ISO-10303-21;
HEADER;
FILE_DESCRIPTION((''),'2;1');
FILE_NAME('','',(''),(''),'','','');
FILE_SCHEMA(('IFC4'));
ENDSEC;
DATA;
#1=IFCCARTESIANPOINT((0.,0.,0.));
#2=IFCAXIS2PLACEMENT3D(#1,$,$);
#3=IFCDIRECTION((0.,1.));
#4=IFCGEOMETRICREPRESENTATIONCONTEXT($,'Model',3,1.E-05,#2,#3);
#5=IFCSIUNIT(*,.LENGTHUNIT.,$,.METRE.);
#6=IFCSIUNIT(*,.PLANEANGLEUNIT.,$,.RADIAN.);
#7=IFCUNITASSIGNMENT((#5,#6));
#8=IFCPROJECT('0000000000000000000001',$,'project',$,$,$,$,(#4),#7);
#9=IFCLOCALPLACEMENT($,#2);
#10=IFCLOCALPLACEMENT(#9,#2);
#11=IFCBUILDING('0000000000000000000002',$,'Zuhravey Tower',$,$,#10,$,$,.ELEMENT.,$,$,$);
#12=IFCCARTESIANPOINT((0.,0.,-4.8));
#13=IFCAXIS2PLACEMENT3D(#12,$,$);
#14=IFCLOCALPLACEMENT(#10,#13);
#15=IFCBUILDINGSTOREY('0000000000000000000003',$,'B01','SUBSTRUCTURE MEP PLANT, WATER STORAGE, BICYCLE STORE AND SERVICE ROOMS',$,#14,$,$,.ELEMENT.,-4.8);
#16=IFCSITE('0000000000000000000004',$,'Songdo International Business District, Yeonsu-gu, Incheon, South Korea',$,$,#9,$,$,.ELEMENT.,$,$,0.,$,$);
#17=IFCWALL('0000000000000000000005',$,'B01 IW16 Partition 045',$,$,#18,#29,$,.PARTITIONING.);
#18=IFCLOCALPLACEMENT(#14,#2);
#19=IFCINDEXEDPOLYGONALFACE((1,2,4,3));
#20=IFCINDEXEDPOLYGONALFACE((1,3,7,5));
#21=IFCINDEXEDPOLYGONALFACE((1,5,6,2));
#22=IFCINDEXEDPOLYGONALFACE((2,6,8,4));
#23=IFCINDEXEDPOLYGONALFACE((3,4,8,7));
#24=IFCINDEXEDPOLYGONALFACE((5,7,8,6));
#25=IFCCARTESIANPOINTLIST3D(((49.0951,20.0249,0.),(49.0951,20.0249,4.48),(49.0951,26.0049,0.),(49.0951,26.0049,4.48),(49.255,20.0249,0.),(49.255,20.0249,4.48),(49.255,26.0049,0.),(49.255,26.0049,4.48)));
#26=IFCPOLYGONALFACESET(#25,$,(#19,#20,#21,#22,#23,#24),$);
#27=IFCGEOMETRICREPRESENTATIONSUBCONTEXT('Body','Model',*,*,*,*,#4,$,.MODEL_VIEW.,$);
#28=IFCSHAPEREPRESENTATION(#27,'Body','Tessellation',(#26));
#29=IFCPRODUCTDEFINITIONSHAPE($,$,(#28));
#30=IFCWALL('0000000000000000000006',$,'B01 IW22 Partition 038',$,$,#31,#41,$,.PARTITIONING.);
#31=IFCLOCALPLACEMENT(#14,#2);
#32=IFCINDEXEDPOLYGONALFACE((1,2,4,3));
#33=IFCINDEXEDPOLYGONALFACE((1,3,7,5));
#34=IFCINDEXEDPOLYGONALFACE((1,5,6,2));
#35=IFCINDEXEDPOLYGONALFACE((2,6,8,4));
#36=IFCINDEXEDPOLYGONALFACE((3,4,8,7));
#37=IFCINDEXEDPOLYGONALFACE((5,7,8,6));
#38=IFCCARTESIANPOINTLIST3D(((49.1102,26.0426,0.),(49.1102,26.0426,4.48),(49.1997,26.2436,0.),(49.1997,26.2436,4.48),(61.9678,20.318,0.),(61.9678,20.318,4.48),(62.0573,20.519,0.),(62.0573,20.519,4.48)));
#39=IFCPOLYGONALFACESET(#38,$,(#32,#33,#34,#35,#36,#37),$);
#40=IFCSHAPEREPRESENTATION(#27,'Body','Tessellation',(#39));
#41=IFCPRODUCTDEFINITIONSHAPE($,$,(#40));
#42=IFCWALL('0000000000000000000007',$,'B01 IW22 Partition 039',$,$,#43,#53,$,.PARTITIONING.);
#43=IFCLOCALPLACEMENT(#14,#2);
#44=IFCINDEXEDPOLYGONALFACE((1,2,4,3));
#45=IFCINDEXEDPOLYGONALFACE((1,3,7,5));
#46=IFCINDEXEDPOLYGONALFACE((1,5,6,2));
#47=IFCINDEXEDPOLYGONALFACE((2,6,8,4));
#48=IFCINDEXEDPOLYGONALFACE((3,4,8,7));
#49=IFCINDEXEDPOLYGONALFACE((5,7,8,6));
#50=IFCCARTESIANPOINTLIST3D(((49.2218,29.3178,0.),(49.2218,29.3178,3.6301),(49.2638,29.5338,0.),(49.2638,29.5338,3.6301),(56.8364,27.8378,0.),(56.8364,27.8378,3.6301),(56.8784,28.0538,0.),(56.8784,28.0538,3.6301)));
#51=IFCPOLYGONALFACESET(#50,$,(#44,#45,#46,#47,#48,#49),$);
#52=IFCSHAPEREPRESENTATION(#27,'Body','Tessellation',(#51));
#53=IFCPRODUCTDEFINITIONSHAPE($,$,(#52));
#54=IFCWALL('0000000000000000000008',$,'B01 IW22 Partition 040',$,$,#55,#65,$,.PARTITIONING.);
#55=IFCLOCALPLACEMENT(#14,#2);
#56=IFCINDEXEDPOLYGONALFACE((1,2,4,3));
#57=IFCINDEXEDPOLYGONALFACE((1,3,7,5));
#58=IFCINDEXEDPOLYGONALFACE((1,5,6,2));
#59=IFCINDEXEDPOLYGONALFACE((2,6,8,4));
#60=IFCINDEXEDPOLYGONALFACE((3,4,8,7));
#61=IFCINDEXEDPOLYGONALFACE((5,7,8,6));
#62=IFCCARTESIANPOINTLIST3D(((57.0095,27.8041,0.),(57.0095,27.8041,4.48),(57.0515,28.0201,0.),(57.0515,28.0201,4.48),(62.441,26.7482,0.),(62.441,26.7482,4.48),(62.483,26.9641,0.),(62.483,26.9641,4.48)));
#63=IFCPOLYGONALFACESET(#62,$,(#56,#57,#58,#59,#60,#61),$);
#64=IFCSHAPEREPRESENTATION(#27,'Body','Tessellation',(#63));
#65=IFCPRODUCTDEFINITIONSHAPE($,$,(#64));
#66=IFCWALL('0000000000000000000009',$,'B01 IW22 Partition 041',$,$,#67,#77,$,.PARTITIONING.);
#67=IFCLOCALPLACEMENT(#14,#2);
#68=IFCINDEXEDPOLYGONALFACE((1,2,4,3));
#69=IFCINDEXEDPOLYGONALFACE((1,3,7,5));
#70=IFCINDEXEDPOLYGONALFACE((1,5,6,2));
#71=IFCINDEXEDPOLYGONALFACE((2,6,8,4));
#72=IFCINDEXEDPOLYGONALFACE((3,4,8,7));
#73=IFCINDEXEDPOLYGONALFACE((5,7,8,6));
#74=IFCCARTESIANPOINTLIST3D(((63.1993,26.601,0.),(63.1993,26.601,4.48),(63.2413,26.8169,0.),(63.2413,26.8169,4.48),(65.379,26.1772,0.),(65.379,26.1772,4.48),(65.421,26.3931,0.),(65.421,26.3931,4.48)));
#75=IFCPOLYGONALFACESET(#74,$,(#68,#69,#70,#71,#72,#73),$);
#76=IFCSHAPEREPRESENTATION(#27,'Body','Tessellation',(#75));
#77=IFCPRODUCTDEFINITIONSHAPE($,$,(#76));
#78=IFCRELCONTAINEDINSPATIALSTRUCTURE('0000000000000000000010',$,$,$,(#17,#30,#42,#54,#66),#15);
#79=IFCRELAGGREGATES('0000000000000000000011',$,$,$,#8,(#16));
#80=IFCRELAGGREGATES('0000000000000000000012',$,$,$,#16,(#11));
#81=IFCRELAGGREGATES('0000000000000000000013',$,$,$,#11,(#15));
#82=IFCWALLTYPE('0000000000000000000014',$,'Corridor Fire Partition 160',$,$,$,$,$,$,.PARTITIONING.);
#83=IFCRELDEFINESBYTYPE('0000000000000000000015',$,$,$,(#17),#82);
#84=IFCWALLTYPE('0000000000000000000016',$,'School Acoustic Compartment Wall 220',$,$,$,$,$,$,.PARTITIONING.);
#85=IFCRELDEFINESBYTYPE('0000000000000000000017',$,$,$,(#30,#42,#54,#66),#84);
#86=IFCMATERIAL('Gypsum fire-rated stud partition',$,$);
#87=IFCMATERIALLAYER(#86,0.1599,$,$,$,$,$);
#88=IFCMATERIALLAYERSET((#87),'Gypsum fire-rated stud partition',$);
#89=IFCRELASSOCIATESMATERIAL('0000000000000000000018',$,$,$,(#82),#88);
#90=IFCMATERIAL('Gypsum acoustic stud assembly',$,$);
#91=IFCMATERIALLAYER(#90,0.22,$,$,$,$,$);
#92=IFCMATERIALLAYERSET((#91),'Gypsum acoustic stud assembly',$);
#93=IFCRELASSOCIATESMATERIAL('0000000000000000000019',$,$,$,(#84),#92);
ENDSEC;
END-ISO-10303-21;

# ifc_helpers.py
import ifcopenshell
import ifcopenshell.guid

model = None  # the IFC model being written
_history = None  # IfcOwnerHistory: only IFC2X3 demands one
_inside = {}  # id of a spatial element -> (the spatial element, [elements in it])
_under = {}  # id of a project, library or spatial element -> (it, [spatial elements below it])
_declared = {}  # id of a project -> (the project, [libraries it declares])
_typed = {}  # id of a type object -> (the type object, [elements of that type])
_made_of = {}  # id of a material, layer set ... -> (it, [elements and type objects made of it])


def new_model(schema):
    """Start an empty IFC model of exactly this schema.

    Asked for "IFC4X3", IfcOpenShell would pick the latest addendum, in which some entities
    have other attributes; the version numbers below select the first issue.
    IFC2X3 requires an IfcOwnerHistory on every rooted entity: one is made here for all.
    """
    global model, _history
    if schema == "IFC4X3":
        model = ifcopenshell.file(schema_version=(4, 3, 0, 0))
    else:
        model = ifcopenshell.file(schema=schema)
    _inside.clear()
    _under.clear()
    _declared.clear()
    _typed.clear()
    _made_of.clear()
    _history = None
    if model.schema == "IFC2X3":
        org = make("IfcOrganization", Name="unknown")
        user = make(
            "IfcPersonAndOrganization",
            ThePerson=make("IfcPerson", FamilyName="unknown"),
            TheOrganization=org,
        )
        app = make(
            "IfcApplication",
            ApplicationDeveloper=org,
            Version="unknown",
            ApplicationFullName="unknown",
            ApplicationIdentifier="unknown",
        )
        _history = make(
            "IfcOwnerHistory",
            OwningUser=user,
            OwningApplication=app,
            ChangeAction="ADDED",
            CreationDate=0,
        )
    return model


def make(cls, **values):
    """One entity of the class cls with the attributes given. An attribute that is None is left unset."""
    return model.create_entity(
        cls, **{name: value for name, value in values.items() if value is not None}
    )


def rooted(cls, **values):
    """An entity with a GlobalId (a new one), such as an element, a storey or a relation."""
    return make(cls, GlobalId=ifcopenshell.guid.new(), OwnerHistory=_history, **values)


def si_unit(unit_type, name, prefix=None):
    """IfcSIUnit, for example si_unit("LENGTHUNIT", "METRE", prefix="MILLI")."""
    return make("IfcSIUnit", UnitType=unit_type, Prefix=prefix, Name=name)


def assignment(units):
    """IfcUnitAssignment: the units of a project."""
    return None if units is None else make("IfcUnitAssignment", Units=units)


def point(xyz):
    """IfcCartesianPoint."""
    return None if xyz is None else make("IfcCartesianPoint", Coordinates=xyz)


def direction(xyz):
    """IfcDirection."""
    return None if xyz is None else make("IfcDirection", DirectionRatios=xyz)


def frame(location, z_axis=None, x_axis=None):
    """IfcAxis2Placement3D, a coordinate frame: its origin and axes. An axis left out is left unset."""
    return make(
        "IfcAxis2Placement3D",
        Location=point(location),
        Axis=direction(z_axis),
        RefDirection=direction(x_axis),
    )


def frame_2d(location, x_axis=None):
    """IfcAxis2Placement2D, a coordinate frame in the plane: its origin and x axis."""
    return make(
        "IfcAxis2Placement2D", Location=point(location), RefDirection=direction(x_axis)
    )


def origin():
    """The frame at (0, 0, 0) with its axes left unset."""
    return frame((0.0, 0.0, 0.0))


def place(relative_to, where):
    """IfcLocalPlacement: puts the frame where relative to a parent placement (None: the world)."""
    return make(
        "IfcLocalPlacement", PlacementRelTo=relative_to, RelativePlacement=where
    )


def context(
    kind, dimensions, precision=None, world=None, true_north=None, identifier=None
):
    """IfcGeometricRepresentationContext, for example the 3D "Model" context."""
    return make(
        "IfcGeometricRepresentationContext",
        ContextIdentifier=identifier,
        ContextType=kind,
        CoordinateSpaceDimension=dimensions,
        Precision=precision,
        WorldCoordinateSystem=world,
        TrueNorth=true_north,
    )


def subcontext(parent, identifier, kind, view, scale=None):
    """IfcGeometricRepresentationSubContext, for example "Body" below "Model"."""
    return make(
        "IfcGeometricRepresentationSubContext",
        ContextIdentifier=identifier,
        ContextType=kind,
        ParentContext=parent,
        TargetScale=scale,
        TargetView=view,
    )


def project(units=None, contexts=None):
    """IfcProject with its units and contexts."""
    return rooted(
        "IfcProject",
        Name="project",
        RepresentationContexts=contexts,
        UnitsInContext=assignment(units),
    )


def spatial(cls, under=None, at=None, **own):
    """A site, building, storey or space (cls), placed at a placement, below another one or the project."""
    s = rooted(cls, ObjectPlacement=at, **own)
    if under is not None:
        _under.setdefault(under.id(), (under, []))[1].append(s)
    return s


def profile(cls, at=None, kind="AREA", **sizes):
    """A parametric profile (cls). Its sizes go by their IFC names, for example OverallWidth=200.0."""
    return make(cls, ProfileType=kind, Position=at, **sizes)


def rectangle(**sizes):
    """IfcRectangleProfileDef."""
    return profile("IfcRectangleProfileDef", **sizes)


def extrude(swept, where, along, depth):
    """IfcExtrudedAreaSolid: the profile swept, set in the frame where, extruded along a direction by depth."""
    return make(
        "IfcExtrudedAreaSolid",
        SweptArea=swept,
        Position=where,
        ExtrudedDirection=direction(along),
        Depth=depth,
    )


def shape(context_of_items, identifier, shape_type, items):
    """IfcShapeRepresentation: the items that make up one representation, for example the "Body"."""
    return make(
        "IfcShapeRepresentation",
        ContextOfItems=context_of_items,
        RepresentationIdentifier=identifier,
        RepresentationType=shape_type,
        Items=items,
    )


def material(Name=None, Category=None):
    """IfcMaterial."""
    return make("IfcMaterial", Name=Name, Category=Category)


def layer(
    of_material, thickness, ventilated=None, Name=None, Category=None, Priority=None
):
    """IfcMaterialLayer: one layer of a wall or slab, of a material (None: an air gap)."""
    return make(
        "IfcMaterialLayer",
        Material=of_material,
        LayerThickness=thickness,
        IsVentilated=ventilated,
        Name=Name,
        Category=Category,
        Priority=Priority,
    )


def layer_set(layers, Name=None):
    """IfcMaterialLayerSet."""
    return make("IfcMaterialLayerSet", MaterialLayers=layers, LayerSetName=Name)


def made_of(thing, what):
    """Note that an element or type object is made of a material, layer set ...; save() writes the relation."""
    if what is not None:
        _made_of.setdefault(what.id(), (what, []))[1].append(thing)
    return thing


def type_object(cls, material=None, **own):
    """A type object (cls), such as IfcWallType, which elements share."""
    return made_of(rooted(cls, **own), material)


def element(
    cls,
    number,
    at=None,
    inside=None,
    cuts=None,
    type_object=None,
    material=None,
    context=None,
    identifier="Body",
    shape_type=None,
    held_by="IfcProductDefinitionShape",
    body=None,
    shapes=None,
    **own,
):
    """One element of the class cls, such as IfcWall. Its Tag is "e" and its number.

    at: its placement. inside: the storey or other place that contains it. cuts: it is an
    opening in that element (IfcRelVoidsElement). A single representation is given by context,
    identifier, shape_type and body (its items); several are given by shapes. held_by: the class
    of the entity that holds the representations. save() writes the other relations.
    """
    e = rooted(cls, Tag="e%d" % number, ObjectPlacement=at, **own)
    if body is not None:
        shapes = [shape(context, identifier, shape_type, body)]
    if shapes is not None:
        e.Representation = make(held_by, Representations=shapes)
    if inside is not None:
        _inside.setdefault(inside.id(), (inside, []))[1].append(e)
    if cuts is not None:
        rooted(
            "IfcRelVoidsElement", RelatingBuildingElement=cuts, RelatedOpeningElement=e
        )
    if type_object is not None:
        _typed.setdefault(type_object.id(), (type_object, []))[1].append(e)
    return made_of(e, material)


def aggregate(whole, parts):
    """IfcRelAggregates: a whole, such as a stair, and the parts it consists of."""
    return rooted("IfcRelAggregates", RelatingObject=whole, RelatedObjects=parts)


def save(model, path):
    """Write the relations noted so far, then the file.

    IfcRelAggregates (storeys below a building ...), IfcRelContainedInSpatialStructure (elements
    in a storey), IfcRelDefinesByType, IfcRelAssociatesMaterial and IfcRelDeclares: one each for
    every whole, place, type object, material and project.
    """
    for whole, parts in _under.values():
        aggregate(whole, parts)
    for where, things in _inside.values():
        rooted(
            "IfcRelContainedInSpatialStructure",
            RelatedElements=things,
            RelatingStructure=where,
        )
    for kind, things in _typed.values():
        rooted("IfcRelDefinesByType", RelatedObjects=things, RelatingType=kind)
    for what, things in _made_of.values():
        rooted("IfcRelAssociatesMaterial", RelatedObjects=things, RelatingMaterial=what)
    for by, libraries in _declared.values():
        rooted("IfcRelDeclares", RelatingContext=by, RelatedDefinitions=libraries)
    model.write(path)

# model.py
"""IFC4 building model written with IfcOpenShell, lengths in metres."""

from ifc_helpers import new_model, si_unit, direction, frame, frame_2d, origin, place, context, subcontext, project, spatial, rectangle, extrude, material, layer, layer_set, type_object, element, save


model = new_model("IFC4")

# Units and contexts
model_context = context("Model", 3, precision=1e-05, world=origin(), true_north=direction((0.0, 1.0)))
body_context = subcontext(model_context, "Body", "Model", "MODEL_VIEW")
ifc_project = project(units=[si_unit("LENGTHUNIT", "METRE"), si_unit("PLANEANGLEUNIT", "RADIAN")], contexts=[model_context])

# Site, building, storey
site_placement = place(None, origin())
site = spatial("IfcSite", under=ifc_project, at=site_placement, Name="Songdo International Business District, Yeonsu-gu, Incheon, South Korea", CompositionType="ELEMENT", RefElevation=0.0)
building_placement = place(site_placement, origin())
building = spatial("IfcBuilding", under=site, at=building_placement, Name="Zuhravey Tower", CompositionType="ELEMENT")
storey_placement = place(building_placement, frame((0.0, 0.0, -4.8)))
storey = spatial("IfcBuildingStorey", under=building, at=storey_placement, Name="B01", Description="SUBSTRUCTURE MEP PLANT, WATER STORAGE, BICYCLE STORE AND SERVICE ROOMS", CompositionType="ELEMENT", Elevation=-4.8)

# Shared definitions
ifc_material_1 = material(Name="Gypsum fire-rated stud partition")
ifc_layer_1 = layer(ifc_material_1, 0.1599)
ifc_layer_set_1 = layer_set([ifc_layer_1], Name="Gypsum fire-rated stud partition")
wall_type_1 = type_object("IfcWallType", Name="Corridor Fire Partition 160", PredefinedType="PARTITIONING", material=ifc_layer_set_1)

# Walls
wall_1_placement = place(storey_placement, frame((49.175, 20.0249, 0.0), z_axis=(0.0, 0.0, 1.0), x_axis=(0.0, 1.0, 0.0)))
element("IfcWall", 1, at=wall_1_placement, inside=storey, type_object=wall_type_1, Name="B01 IW16 Partition 045", PredefinedType="PARTITIONING", context=body_context, shape_type="SweptSolid", body=[
    extrude(rectangle(XDim=5.98, YDim=0.1599, at=frame_2d((2.99, 0.0))), origin(), (0.0, 0.0, 1.0), 4.48),
])
ifc_material_2 = material(Name="Gypsum acoustic stud assembly")
ifc_layer_2 = layer(ifc_material_2, 0.22)
ifc_layer_set_2 = layer_set([ifc_layer_2], Name="Gypsum acoustic stud assembly")
wall_type_2 = type_object("IfcWallType", Name="School Acoustic Compartment Wall 220", PredefinedType="PARTITIONING", material=ifc_layer_set_2)
wall_2_placement = place(storey_placement, frame((49.155, 26.1431, 0.0), z_axis=(0.0, 0.0, 1.0), x_axis=(0.913545, -0.406737, 0.0)))
element("IfcWall", 2, at=wall_2_placement, inside=storey, type_object=wall_type_2, Name="B01 IW22 Partition 038", PredefinedType="PARTITIONING", context=body_context, shape_type="SweptSolid", body=[
    extrude(rectangle(XDim=14.0745, YDim=0.22, at=frame_2d((7.0371, 0.0))), origin(), (0.0, 0.0, 1.0), 4.48),
])
wall_3_placement = place(storey_placement, frame((49.2429, 29.4258, 0.0), z_axis=(0.0, 0.0, 1.0), x_axis=(0.98163, -0.190793, 0.0)))
element("IfcWall", 3, at=wall_3_placement, inside=storey, type_object=wall_type_2, Name="B01 IW22 Partition 039", PredefinedType="PARTITIONING", context=body_context, shape_type="SweptSolid", body=[
    extrude(rectangle(XDim=7.7571, YDim=0.22, at=frame_2d((3.8784, 0.0))), origin(), (0.0, 0.0, 1.0), 3.6301),
])
wall_4_placement = place(storey_placement, frame((57.0305, 27.9121, 0.0), z_axis=(0.0, 0.0, 1.0), x_axis=(0.981622, -0.190835, 0.0)))
element("IfcWall", 4, at=wall_4_placement, inside=storey, type_object=wall_type_2, Name="B01 IW22 Partition 040", PredefinedType="PARTITIONING", context=body_context, shape_type="SweptSolid", body=[
    extrude(rectangle(XDim=5.5332, YDim=0.22, at=frame_2d((2.7666, 0.0))), origin(), (0.0, 0.0, 1.0), 4.48),
])
wall_5_placement = place(storey_placement, frame((63.2202, 26.709, 0.0), z_axis=(0.0, 0.0, 1.0), x_axis=(0.981615, -0.19087, 0.0)))
element("IfcWall", 5, at=wall_5_placement, inside=storey, type_object=wall_type_2, Name="B01 IW22 Partition 041", PredefinedType="PARTITIONING", context=body_context, shape_type="SweptSolid", body=[
    extrude(rectangle(XDim=2.2205, YDim=0.22, at=frame_2d((1.1104, 0.0))), origin(), (0.0, 0.0, 1.0), 4.48),
])

save(model, "model.ifc")
